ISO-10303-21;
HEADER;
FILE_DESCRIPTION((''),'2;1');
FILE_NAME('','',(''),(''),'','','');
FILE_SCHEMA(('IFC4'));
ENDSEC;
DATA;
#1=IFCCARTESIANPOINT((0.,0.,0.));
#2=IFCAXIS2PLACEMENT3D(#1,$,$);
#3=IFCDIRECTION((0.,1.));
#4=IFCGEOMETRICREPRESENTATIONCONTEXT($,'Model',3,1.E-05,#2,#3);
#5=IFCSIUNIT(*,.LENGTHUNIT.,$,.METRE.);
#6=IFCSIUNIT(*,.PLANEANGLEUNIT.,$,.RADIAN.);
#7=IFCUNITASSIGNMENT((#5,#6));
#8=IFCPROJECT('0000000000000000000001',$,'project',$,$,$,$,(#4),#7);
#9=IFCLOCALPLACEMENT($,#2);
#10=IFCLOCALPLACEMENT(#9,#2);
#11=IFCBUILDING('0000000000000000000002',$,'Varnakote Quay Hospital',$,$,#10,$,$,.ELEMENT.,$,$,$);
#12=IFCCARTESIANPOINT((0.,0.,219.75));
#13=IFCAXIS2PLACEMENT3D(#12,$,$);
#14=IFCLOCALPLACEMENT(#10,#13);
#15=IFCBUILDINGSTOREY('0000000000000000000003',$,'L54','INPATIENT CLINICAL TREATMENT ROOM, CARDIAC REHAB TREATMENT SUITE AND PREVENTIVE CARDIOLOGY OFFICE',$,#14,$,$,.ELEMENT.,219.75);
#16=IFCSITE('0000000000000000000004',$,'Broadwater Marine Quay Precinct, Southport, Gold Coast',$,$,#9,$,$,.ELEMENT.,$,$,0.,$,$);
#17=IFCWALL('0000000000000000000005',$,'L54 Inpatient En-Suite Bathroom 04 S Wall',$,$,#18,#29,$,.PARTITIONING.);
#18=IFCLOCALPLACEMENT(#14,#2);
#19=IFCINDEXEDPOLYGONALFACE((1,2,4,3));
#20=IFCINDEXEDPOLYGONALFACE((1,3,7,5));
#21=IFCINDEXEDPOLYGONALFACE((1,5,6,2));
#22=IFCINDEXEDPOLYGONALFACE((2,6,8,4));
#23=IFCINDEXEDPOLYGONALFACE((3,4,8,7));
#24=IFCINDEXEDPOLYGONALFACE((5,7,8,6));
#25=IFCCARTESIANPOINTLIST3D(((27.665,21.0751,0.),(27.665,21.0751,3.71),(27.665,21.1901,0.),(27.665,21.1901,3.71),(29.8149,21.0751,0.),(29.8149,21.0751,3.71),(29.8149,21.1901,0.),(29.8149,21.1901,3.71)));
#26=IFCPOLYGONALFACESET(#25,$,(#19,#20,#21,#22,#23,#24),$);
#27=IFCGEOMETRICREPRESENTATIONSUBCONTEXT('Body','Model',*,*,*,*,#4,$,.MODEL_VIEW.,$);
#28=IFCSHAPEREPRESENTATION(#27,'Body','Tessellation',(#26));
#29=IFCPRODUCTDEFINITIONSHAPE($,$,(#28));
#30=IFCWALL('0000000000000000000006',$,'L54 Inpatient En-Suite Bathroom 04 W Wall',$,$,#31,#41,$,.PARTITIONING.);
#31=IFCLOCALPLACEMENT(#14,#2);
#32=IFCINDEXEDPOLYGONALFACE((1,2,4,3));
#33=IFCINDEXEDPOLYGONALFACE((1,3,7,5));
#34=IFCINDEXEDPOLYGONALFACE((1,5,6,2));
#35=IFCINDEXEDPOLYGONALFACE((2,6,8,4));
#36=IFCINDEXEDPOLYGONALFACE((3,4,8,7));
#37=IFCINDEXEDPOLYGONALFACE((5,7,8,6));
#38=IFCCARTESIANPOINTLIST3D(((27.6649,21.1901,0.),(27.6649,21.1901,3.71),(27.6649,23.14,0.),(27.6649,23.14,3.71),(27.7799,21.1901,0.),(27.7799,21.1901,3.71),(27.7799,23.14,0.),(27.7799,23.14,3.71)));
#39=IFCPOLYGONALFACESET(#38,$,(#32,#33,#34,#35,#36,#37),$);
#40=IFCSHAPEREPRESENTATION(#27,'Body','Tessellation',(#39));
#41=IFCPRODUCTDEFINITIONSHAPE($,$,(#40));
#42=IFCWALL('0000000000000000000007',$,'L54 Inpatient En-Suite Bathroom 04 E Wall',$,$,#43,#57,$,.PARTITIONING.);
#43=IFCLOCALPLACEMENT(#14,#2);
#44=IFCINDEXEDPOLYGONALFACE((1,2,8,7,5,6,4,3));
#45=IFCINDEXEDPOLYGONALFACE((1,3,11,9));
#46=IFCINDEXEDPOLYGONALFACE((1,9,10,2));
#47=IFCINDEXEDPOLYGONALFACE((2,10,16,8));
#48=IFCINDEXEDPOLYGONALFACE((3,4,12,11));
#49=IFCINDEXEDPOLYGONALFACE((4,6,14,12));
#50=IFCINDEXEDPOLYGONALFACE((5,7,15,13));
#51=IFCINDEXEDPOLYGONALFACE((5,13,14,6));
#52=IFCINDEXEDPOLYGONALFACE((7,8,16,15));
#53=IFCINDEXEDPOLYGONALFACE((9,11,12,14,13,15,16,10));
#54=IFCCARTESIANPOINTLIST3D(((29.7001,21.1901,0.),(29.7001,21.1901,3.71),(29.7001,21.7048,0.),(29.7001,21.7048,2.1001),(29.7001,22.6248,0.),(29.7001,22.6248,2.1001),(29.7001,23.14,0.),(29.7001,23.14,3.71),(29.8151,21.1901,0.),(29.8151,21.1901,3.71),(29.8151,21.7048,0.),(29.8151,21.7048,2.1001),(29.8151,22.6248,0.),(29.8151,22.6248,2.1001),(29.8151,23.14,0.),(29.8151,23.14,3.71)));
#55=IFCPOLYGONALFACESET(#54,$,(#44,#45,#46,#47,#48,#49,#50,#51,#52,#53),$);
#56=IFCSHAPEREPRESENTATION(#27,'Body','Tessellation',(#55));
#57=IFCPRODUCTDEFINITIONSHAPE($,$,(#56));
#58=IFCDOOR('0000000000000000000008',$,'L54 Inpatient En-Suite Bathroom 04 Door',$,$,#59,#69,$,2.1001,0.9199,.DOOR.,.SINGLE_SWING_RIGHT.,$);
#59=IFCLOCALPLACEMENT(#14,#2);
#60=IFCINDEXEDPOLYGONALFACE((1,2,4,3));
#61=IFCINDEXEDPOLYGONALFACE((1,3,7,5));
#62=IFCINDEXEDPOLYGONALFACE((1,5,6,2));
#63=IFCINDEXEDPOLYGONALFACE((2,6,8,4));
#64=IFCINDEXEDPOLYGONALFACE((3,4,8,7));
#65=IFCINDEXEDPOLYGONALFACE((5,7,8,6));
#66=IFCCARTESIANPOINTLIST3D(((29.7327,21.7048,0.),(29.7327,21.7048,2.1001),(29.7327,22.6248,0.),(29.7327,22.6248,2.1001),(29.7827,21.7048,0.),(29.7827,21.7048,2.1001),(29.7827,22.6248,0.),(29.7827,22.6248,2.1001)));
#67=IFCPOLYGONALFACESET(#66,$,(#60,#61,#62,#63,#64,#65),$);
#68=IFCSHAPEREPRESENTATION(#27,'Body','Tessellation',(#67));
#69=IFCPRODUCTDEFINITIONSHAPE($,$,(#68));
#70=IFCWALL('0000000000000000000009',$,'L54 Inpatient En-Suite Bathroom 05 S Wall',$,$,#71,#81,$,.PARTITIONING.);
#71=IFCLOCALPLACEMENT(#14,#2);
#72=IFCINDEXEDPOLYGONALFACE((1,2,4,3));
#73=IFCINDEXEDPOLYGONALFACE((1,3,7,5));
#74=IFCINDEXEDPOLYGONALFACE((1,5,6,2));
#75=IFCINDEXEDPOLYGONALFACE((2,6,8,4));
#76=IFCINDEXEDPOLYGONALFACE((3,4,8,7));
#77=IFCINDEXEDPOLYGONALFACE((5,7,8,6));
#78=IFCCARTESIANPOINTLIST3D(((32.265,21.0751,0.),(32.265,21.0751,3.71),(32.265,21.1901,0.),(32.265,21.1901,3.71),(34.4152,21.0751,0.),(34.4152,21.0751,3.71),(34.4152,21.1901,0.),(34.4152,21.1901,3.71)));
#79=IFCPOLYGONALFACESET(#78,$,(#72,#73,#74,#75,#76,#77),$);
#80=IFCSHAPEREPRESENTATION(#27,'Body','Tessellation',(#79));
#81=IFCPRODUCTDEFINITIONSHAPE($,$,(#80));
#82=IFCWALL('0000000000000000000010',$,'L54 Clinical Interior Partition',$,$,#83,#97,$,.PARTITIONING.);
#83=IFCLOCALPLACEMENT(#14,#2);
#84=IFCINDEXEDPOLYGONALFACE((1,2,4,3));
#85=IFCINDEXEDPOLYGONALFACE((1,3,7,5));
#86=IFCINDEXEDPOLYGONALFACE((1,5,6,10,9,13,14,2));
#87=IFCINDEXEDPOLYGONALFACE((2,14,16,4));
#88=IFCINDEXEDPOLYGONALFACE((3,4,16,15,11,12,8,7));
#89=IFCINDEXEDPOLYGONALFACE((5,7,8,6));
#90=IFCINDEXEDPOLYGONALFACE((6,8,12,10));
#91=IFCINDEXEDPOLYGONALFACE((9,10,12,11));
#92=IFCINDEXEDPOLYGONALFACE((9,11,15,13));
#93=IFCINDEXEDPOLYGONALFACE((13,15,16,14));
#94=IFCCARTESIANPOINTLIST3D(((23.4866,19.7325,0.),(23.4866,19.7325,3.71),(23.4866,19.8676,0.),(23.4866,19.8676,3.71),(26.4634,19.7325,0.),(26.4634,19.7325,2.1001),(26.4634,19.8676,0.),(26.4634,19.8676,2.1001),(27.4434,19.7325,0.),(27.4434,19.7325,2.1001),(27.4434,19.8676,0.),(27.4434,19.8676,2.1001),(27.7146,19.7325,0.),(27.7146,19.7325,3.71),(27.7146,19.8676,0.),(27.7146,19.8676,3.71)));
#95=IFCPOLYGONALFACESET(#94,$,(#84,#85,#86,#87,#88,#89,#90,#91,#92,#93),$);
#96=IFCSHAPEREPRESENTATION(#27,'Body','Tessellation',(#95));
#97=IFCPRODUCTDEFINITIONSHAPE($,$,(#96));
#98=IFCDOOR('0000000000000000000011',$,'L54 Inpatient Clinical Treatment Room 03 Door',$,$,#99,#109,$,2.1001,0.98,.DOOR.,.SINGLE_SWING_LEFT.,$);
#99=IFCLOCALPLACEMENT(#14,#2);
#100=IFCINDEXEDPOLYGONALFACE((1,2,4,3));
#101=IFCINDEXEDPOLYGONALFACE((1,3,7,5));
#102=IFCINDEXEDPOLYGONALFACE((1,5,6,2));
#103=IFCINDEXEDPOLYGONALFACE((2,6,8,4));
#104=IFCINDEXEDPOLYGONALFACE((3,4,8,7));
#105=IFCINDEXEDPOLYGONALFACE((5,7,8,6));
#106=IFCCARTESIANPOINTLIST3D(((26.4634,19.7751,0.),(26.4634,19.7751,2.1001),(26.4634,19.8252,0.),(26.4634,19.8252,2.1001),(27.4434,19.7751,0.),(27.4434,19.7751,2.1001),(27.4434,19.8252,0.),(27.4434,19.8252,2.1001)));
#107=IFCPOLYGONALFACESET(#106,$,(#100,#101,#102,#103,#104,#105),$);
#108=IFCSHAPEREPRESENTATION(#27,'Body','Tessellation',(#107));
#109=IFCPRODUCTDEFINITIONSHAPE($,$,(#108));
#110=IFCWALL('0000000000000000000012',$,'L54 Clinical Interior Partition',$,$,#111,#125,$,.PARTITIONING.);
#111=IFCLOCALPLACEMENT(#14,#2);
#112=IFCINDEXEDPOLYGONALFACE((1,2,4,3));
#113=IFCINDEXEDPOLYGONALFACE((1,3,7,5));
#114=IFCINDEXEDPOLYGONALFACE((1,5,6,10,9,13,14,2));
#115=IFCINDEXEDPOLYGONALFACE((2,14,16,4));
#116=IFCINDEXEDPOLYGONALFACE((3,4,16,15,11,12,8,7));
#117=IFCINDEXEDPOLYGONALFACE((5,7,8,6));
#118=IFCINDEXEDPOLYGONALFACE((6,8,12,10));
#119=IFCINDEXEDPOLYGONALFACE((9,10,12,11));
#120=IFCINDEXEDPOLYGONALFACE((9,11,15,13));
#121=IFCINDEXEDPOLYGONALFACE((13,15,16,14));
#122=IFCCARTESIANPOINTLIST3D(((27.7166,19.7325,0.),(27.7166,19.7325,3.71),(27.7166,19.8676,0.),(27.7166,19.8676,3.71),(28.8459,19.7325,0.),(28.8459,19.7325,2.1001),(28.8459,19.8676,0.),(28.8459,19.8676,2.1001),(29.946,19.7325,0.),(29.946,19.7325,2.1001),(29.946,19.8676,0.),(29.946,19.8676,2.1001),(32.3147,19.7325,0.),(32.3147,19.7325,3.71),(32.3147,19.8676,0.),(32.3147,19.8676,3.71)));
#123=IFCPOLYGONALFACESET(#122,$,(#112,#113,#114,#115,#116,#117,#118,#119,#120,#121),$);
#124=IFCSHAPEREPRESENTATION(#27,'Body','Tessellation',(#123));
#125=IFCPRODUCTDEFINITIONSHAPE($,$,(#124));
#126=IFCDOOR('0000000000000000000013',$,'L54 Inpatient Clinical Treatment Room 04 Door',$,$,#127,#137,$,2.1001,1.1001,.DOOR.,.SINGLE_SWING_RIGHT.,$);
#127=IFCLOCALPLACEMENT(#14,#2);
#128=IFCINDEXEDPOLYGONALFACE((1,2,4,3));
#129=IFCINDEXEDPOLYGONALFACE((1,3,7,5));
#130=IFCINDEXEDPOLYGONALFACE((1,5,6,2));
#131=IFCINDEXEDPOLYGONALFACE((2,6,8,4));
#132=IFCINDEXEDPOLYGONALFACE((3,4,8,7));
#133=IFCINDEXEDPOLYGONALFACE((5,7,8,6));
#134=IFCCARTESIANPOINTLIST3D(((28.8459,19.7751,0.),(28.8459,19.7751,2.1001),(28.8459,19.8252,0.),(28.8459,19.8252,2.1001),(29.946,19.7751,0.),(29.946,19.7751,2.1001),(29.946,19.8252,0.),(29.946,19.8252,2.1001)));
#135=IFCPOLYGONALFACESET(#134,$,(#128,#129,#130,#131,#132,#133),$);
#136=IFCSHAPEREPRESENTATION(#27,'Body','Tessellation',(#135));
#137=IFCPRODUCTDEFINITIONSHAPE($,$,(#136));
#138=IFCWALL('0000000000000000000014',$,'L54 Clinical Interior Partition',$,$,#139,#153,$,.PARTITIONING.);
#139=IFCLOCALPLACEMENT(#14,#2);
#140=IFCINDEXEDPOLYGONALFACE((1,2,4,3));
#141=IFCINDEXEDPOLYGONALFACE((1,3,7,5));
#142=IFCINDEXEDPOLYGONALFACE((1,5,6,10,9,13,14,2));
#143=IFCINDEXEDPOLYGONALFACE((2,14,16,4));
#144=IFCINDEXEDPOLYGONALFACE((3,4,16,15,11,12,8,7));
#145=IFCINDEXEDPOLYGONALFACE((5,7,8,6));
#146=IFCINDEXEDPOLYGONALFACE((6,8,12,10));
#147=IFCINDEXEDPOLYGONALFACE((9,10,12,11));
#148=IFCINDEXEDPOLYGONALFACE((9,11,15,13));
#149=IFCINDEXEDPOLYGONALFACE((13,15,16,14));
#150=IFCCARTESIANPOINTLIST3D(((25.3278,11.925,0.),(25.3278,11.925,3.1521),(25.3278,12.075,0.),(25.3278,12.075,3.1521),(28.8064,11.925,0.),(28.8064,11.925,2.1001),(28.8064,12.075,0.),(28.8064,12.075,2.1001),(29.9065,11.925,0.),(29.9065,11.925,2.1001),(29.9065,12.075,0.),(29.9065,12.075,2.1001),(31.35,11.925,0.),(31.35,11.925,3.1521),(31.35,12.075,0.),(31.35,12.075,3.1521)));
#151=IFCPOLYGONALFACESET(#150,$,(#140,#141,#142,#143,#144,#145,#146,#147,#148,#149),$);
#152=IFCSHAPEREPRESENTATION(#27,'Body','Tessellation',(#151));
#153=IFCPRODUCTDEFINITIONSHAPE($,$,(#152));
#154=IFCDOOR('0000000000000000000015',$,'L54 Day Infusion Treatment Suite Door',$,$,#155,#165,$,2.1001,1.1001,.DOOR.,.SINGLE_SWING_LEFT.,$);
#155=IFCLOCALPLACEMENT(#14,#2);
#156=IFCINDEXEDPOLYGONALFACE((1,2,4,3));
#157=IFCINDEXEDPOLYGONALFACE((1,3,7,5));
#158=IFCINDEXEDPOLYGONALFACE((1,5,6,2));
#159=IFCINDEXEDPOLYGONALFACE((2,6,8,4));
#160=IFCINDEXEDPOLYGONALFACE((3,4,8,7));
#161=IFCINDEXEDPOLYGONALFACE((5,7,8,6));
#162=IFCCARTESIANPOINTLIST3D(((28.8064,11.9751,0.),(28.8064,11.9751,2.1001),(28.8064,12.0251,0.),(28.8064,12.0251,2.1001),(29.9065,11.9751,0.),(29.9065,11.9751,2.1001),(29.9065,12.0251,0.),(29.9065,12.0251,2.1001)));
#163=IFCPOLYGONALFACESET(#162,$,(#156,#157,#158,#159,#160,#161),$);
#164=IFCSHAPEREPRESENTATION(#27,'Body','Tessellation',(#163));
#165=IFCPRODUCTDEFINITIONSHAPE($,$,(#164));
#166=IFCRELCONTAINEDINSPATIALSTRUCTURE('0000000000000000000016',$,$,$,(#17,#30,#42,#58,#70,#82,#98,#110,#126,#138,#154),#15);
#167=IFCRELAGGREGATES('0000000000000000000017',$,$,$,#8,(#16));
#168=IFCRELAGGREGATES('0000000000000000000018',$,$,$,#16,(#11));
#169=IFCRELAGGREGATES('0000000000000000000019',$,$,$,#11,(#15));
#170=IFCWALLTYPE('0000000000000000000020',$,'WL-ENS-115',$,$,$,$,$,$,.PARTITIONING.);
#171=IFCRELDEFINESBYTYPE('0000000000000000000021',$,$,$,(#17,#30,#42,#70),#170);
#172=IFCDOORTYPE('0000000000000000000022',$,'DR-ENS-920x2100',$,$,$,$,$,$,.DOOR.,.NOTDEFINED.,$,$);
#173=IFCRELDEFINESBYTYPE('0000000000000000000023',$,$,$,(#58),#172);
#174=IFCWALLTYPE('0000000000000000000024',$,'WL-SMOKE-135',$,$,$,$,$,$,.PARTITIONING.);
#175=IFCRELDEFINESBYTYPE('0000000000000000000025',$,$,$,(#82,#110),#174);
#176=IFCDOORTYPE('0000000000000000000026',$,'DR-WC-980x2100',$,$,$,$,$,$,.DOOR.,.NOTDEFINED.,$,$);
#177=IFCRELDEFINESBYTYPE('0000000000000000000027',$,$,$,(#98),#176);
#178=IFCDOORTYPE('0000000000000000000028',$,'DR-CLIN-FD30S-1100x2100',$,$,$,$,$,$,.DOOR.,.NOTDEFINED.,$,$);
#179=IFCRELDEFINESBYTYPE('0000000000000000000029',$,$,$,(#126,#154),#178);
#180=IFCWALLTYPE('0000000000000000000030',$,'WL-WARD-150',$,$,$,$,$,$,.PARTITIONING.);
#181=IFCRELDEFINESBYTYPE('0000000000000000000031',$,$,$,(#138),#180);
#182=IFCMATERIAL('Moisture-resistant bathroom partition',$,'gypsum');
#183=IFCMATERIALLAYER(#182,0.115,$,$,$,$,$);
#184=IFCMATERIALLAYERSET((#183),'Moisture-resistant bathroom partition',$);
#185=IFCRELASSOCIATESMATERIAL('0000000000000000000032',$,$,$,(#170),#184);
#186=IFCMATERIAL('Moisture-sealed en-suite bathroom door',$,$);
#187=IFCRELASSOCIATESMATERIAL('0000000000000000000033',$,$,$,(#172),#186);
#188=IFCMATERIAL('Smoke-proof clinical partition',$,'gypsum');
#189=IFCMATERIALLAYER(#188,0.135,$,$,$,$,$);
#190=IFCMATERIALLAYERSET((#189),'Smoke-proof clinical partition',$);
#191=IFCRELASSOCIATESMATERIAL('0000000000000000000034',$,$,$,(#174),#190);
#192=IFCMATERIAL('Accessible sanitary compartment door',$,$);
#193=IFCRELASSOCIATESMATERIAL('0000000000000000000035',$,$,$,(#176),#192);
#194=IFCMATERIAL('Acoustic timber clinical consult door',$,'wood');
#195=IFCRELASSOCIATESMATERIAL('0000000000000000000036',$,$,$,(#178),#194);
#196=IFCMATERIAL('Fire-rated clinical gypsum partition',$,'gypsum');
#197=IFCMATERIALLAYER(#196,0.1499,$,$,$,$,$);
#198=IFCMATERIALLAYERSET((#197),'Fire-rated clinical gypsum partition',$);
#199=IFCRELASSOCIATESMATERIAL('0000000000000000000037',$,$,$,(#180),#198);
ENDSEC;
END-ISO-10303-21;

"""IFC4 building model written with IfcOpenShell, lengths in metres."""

from ifc_helpers import new_model, si_unit, direction, frame, frame_2d, origin, place, context, subcontext, project, spatial, rectangle, extrude, material, layer, layer_set, type_object, element, fill, save


model = new_model("IFC4")

# Units and contexts
model_context = context("Model", 3, precision=1e-05, world=origin(), true_north=direction((0.0, 1.0)))
body_context = subcontext(model_context, "Body", "Model", "MODEL_VIEW")
ifc_project = project(units=[si_unit("LENGTHUNIT", "METRE"), si_unit("PLANEANGLEUNIT", "RADIAN")], contexts=[model_context])

# Site, building, storey
site_placement = place(None, origin())
site = spatial("IfcSite", under=ifc_project, at=site_placement, Name="Broadwater Marine Quay Precinct, Southport, Gold Coast", CompositionType="ELEMENT", RefElevation=0.0)
building_placement = place(site_placement, origin())
building = spatial("IfcBuilding", under=site, at=building_placement, Name="Varnakote Quay Hospital", CompositionType="ELEMENT")
storey_placement = place(building_placement, frame((0.0, 0.0, 219.75)))
storey = spatial("IfcBuildingStorey", under=building, at=storey_placement, Name="L54", Description="INPATIENT CLINICAL TREATMENT ROOM, CARDIAC REHAB TREATMENT SUITE AND PREVENTIVE CARDIOLOGY OFFICE", CompositionType="ELEMENT", Elevation=219.75)

# Shared definitions
ifc_material_1 = material(Name="Moisture-resistant bathroom partition", Category="gypsum")
ifc_layer_1 = layer(ifc_material_1, 0.115)
ifc_layer_set_1 = layer_set([ifc_layer_1], Name="Moisture-resistant bathroom partition")
wall_type_1 = type_object("IfcWallType", Name="WL-ENS-115", PredefinedType="PARTITIONING", material=ifc_layer_set_1)
ifc_material_2 = material(Name="Moisture-sealed en-suite bathroom door")
door_type_1 = type_object("IfcDoorType", Name="DR-ENS-920x2100", OperationType="NOTDEFINED", PredefinedType="DOOR", material=ifc_material_2)

# Walls
wall_1_placement = place(storey_placement, frame((27.665, 21.1326, 0.0), z_axis=(0.0, 0.0, 1.0), x_axis=(1.0, 0.0, 0.0)))
element("IfcWall", 1, at=wall_1_placement, inside=storey, type_object=wall_type_1, Name="L54 Inpatient En-Suite Bathroom 04 S Wall", PredefinedType="PARTITIONING", context=body_context, shape_type="SweptSolid", body=[
    extrude(rectangle(XDim=2.1499, YDim=0.115, at=frame_2d((1.075, 0.0))), origin(), (0.0, 0.0, 1.0), 3.71),
])
wall_2_placement = place(storey_placement, frame((27.7224, 21.1899, 0.0), z_axis=(0.0, 0.0, 1.0), x_axis=(0.0, 1.0, 0.0)))
element("IfcWall", 2, at=wall_2_placement, inside=storey, type_object=wall_type_1, Name="L54 Inpatient En-Suite Bathroom 04 W Wall", PredefinedType="PARTITIONING", context=body_context, shape_type="SweptSolid", body=[
    extrude(rectangle(XDim=1.95, YDim=0.115, at=frame_2d((0.9751, 0.0))), origin(), (0.0, 0.0, 1.0), 3.71),
])

# Wall, opening, door
wall_3_placement = place(storey_placement, frame((29.7576, 21.1899, 0.0), z_axis=(0.0, 0.0, 1.0), x_axis=(0.0, 1.0, 0.0)))
wall_3 = element("IfcWall", 3, at=wall_3_placement, inside=storey, type_object=wall_type_1, Name="L54 Inpatient En-Suite Bathroom 04 E Wall", PredefinedType="PARTITIONING", context=body_context, shape_type="SweptSolid", body=[
    extrude(rectangle(XDim=1.95, YDim=0.115, at=frame_2d((0.9751, 0.0))), origin(), (0.0, 0.0, 1.0), 3.71),
])
opening_1_placement = place(wall_3_placement, frame((0.5149, 0.0, 0.0)))
opening_1 = element("IfcOpeningElement", 4, at=opening_1_placement, cuts=wall_3, PredefinedType="OPENING", context=body_context, shape_type="SweptSolid", body=[
    extrude(rectangle(XDim=0.9199, YDim=2.1001, at=frame_2d((0.46, 1.05))), frame((0.0, 0.0674, 0.0), z_axis=(0.0, -1.0, 0.0), x_axis=(1.0, 0.0, 0.0)), (0.0, 0.0, 1.0), 0.135),
])
door_1_placement = place(opening_1_placement, origin())
door_1 = element("IfcDoor", 5, at=door_1_placement, inside=storey, type_object=door_type_1, Name="L54 Inpatient En-Suite Bathroom 04 Door", OperationType="SINGLE_SWING_RIGHT", OverallHeight=2.1001, OverallWidth=0.9199, PredefinedType="DOOR", context=body_context, shape_type="SweptSolid", body=[
    extrude(rectangle(XDim=0.9199, YDim=2.1001, at=frame_2d((0.46, 1.05))), frame((0.0, 0.0249, 0.0), z_axis=(0.0, -1.0, 0.0), x_axis=(1.0, 0.0, 0.0)), (0.0, 0.0, 1.0), 0.05),
])
fill(opening_1, door_1)

# Wall
wall_4_placement = place(storey_placement, frame((32.2649, 21.1326, 0.0), z_axis=(0.0, 0.0, 1.0), x_axis=(1.0, 0.0, 0.0)))
element("IfcWall", 6, at=wall_4_placement, inside=storey, type_object=wall_type_1, Name="L54 Inpatient En-Suite Bathroom 05 S Wall", PredefinedType="PARTITIONING", context=body_context, shape_type="SweptSolid", body=[
    extrude(rectangle(XDim=2.1501, YDim=0.115, at=frame_2d((1.0752, 0.0))), origin(), (0.0, 0.0, 1.0), 3.71),
])

# Walls, openings, doors
ifc_material_3 = material(Name="Smoke-proof clinical partition", Category="gypsum")
ifc_layer_2 = layer(ifc_material_3, 0.135)
ifc_layer_set_2 = layer_set([ifc_layer_2], Name="Smoke-proof clinical partition")
wall_type_2 = type_object("IfcWallType", Name="WL-SMOKE-135", PredefinedType="PARTITIONING", material=ifc_layer_set_2)
wall_5_placement = place(storey_placement, frame((27.7146, 19.8, 0.0), z_axis=(0.0, 0.0, 1.0), x_axis=(-1.0, 0.0, 0.0)))
wall_5 = element("IfcWall", 7, at=wall_5_placement, inside=storey, type_object=wall_type_2, Name="L54 Clinical Interior Partition", PredefinedType="PARTITIONING", context=body_context, shape_type="SweptSolid", body=[
    extrude(rectangle(XDim=4.228, YDim=0.135, at=frame_2d((2.114, 0.0))), origin(), (0.0, 0.0, 1.0), 3.71),
])
opening_2_placement = place(wall_5_placement, frame((0.2712, 0.0, 0.0)))
opening_2 = element("IfcOpeningElement", 8, at=opening_2_placement, cuts=wall_5, PredefinedType="OPENING", context=body_context, shape_type="SweptSolid", body=[
    extrude(rectangle(XDim=0.98, YDim=2.1001, at=frame_2d((0.49, 1.05))), frame((0.0, 0.0774, 0.0), z_axis=(0.0, -1.0, 0.0), x_axis=(1.0, 0.0, 0.0)), (0.0, 0.0, 1.0), 0.155),
])
ifc_material_4 = material(Name="Accessible sanitary compartment door")
door_type_2 = type_object("IfcDoorType", Name="DR-WC-980x2100", OperationType="NOTDEFINED", PredefinedType="DOOR", material=ifc_material_4)
door_2_placement = place(opening_2_placement, origin())
door_2 = element("IfcDoor", 9, at=door_2_placement, inside=storey, type_object=door_type_2, Name="L54 Inpatient Clinical Treatment Room 03 Door", OperationType="SINGLE_SWING_LEFT", OverallHeight=2.1001, OverallWidth=0.98, PredefinedType="DOOR", context=body_context, shape_type="SweptSolid", body=[
    extrude(rectangle(XDim=0.98, YDim=2.1001, at=frame_2d((0.49, 1.05))), frame((0.0, 0.0249, 0.0), z_axis=(0.0, -1.0, 0.0), x_axis=(1.0, 0.0, 0.0)), (0.0, 0.0, 1.0), 0.05),
])
fill(opening_2, door_2)
wall_6_placement = place(storey_placement, frame((32.3147, 19.8, 0.0), z_axis=(0.0, 0.0, 1.0), x_axis=(-1.0, 0.0, 0.0)))
wall_6 = element("IfcWall", 10, at=wall_6_placement, inside=storey, type_object=wall_type_2, Name="L54 Clinical Interior Partition", PredefinedType="PARTITIONING", context=body_context, shape_type="SweptSolid", body=[
    extrude(rectangle(XDim=4.5981, YDim=0.135, at=frame_2d((2.2991, 0.0))), origin(), (0.0, 0.0, 1.0), 3.71),
])
opening_3_placement = place(wall_6_placement, frame((2.3687, 0.0, 0.0)))
opening_3 = element("IfcOpeningElement", 11, at=opening_3_placement, cuts=wall_6, PredefinedType="OPENING", context=body_context, shape_type="SweptSolid", body=[
    extrude(rectangle(XDim=1.1001, YDim=2.1001, at=frame_2d((0.55, 1.05))), frame((0.0, 0.0774, 0.0), z_axis=(0.0, -1.0, 0.0), x_axis=(1.0, 0.0, 0.0)), (0.0, 0.0, 1.0), 0.155),
])
ifc_material_5 = material(Name="Acoustic timber clinical consult door", Category="wood")
door_type_3 = type_object("IfcDoorType", Name="DR-CLIN-FD30S-1100x2100", OperationType="NOTDEFINED", PredefinedType="DOOR", material=ifc_material_5)
door_3_placement = place(opening_3_placement, origin())
door_3 = element("IfcDoor", 12, at=door_3_placement, inside=storey, type_object=door_type_3, Name="L54 Inpatient Clinical Treatment Room 04 Door", OperationType="SINGLE_SWING_RIGHT", OverallHeight=2.1001, OverallWidth=1.1001, PredefinedType="DOOR", context=body_context, shape_type="SweptSolid", body=[
    extrude(rectangle(XDim=1.1001, YDim=2.1001, at=frame_2d((0.55, 1.05))), frame((0.0, 0.0249, 0.0), z_axis=(0.0, -1.0, 0.0), x_axis=(1.0, 0.0, 0.0)), (0.0, 0.0, 1.0), 0.05),
])
fill(opening_3, door_3)
ifc_material_6 = material(Name="Fire-rated clinical gypsum partition", Category="gypsum")
ifc_layer_3 = layer(ifc_material_6, 0.1499)
ifc_layer_set_3 = layer_set([ifc_layer_3], Name="Fire-rated clinical gypsum partition")
wall_type_3 = type_object("IfcWallType", Name="WL-WARD-150", PredefinedType="PARTITIONING", material=ifc_layer_set_3)
wall_7_placement = place(storey_placement, frame((31.3501, 12.0, 0.0), z_axis=(0.0, 0.0, 1.0), x_axis=(-1.0, 0.0, 0.0)))
wall_7 = element("IfcWall", 13, at=wall_7_placement, inside=storey, type_object=wall_type_3, Name="L54 Clinical Interior Partition", PredefinedType="PARTITIONING", context=body_context, shape_type="SweptSolid", body=[
    extrude(rectangle(XDim=6.0222, YDim=0.1499, at=frame_2d((3.0112, 0.0))), origin(), (0.0, 0.0, 1.0), 3.1521),
])
opening_4_placement = place(wall_7_placement, frame((1.4436, 0.0, 0.0)))
opening_4 = element("IfcOpeningElement", 14, at=opening_4_placement, cuts=wall_7, PredefinedType="OPENING", context=body_context, shape_type="SweptSolid", body=[
    extrude(rectangle(XDim=1.1001, YDim=2.1001, at=frame_2d((0.55, 1.05))), frame((0.0, 0.085, 0.0), z_axis=(0.0, -1.0, 0.0), x_axis=(1.0, 0.0, 0.0)), (0.0, 0.0, 1.0), 0.1699),
])
door_4_placement = place(opening_4_placement, origin())
door_4 = element("IfcDoor", 15, at=door_4_placement, inside=storey, type_object=door_type_3, Name="L54 Day Infusion Treatment Suite Door", OperationType="SINGLE_SWING_LEFT", OverallHeight=2.1001, OverallWidth=1.1001, PredefinedType="DOOR", context=body_context, shape_type="SweptSolid", body=[
    extrude(rectangle(XDim=1.1001, YDim=2.1001, at=frame_2d((0.55, 1.05))), frame((0.0, 0.0249, 0.0), z_axis=(0.0, -1.0, 0.0), x_axis=(1.0, 0.0, 0.0)), (0.0, 0.0, 1.0), 0.05),
])
fill(opening_4, door_4)

save(model, "model.ifc")
